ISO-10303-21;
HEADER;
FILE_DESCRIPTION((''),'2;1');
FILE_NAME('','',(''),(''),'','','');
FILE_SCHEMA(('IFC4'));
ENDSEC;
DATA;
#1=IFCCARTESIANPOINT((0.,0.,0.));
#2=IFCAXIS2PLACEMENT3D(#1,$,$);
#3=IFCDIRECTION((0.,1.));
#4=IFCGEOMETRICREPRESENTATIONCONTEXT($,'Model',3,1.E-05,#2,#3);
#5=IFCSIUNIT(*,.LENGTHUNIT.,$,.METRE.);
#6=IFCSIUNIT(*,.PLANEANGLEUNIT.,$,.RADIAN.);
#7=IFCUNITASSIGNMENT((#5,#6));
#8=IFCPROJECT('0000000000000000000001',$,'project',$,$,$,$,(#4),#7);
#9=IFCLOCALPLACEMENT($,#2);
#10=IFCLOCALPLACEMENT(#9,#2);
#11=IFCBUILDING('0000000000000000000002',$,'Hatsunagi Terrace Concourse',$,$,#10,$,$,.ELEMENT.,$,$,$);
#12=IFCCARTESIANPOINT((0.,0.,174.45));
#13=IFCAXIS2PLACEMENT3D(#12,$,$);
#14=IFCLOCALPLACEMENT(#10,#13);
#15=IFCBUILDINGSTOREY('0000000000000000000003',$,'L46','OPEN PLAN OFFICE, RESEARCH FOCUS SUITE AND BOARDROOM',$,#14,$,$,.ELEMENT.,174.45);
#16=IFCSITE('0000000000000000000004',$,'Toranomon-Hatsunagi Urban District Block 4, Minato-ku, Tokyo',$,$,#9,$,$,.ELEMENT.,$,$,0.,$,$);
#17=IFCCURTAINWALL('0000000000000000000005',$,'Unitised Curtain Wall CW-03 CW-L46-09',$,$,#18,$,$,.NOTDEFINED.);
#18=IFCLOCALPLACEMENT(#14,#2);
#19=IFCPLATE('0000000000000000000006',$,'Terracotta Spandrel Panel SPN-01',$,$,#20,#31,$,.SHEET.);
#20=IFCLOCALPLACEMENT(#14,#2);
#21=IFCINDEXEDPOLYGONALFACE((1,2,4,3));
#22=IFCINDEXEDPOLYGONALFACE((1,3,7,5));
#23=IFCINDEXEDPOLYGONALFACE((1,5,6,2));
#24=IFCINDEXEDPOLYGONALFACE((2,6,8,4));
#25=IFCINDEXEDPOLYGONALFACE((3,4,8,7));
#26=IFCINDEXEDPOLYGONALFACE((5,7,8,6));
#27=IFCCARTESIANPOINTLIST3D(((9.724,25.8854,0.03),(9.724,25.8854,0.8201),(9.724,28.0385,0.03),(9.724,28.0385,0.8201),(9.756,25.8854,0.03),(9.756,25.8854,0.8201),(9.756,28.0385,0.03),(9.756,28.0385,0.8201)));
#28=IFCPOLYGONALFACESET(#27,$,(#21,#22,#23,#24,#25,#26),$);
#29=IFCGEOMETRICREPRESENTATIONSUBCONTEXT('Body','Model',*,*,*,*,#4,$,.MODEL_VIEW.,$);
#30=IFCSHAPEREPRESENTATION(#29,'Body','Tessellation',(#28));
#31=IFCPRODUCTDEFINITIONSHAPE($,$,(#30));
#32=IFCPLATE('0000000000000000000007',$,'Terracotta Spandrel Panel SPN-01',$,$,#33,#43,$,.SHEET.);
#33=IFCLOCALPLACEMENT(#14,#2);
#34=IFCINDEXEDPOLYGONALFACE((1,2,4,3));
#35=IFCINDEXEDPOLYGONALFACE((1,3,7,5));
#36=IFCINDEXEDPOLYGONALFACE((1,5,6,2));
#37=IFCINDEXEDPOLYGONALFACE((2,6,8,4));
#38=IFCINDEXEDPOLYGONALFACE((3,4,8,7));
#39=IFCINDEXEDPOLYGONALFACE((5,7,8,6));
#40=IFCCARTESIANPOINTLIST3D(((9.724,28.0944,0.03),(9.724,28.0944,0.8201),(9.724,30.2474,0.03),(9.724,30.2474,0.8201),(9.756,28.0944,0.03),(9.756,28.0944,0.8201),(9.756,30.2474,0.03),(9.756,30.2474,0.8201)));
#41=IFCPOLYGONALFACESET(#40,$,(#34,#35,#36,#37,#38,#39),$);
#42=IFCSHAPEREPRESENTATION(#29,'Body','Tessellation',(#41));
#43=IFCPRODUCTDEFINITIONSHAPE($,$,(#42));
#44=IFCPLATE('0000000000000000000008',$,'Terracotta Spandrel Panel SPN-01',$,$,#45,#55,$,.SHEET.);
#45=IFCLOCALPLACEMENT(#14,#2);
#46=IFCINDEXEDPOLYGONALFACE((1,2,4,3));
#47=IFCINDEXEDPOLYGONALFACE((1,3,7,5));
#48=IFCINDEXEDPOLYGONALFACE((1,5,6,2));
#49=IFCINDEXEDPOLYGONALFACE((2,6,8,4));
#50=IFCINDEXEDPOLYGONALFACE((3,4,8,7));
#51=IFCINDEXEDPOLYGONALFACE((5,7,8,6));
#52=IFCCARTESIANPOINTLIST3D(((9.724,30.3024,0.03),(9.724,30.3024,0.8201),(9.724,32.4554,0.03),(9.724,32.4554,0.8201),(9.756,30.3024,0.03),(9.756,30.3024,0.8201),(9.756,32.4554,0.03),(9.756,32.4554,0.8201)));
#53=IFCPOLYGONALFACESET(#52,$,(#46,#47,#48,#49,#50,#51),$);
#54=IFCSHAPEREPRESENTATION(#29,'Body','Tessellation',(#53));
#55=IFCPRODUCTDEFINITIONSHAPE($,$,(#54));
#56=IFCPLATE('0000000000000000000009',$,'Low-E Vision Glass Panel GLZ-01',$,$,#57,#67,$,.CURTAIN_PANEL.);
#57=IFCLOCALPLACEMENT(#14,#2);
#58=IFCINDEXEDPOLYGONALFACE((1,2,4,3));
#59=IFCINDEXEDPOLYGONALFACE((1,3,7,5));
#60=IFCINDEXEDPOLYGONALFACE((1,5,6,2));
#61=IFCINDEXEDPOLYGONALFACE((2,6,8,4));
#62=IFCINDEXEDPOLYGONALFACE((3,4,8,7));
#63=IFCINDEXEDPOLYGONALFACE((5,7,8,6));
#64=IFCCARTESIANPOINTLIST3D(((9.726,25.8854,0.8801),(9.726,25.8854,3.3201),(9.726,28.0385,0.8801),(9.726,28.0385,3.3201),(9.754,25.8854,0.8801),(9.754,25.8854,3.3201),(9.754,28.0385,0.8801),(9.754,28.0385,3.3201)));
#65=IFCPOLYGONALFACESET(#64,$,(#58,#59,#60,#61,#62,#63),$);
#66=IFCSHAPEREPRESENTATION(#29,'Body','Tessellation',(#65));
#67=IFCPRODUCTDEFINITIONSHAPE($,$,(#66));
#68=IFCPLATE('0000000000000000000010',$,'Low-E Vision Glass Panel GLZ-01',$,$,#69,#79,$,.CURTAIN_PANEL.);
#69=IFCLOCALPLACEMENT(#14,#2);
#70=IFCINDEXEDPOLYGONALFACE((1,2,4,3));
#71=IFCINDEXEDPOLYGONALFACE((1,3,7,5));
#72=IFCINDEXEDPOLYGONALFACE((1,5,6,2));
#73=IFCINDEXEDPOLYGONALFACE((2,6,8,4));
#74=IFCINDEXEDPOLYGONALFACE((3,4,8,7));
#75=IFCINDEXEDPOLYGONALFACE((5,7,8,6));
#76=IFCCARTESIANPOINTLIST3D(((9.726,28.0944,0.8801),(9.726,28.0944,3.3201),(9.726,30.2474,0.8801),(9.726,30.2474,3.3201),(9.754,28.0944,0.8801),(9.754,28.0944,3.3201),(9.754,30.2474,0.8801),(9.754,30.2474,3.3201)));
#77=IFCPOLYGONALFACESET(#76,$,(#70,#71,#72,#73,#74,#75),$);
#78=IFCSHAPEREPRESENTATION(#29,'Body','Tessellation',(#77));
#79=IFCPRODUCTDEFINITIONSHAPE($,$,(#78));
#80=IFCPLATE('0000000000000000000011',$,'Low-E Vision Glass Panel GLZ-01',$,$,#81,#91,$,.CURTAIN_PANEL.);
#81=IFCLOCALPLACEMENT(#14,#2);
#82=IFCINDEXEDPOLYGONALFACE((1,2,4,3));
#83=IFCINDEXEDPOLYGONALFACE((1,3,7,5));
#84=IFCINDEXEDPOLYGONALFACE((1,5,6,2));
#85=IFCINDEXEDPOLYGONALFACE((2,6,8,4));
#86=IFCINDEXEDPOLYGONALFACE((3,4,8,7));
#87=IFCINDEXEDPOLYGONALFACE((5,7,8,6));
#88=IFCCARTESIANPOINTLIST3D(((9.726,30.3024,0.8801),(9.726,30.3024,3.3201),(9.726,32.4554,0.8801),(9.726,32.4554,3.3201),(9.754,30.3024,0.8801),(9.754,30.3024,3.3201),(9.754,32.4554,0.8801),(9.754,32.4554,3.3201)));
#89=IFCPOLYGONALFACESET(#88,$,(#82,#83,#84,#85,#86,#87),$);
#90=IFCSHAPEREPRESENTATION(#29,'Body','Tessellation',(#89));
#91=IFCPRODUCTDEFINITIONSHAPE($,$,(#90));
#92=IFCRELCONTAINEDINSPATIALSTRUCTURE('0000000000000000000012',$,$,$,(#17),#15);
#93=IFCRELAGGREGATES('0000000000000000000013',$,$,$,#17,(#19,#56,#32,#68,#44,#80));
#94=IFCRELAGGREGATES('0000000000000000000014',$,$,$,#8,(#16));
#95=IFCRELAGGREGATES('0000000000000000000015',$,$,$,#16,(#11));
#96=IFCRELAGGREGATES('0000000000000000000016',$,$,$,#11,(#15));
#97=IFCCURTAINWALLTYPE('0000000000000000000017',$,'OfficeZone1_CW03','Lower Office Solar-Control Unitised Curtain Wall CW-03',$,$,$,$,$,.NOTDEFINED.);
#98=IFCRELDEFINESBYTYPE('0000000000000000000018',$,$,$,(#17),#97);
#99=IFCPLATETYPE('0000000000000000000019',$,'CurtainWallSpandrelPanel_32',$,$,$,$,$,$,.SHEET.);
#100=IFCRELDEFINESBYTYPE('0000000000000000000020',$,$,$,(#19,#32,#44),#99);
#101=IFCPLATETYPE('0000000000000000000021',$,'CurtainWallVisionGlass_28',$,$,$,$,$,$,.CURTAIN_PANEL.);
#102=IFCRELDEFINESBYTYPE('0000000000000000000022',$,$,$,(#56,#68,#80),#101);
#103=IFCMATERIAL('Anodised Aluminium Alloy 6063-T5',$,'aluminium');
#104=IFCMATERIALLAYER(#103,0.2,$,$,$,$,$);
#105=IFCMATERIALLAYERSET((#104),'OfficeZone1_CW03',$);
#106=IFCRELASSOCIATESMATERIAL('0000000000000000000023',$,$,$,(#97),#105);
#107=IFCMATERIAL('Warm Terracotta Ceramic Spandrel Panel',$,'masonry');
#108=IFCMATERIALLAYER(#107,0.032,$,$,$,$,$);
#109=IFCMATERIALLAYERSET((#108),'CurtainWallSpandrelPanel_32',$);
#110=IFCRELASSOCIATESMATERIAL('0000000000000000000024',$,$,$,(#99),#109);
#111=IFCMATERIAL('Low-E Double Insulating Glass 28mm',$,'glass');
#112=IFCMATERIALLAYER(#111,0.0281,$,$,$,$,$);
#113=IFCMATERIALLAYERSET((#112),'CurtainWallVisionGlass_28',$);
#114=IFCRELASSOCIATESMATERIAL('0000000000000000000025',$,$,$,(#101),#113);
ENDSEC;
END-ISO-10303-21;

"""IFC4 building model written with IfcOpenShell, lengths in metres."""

from ifc_helpers import new_model, si_unit, direction, frame, origin, origin_2d, place, context, subcontext, project, spatial, rectangle, extrude, material, layer, layer_set, type_object, element, aggregate, save


model = new_model("IFC4")

# Units and contexts
model_context = context("Model", 3, precision=1e-05, world=origin(), true_north=direction((0.0, 1.0)))
body_context = subcontext(model_context, "Body", "Model", "MODEL_VIEW")
ifc_project = project(units=[si_unit("LENGTHUNIT", "METRE"), si_unit("PLANEANGLEUNIT", "RADIAN")], contexts=[model_context])

# Site, building, storey
site_placement = place(None, origin())
site = spatial("IfcSite", under=ifc_project, at=site_placement, Name="Toranomon-Hatsunagi Urban District Block 4, Minato-ku, Tokyo", CompositionType="ELEMENT", RefElevation=0.0)
building_placement = place(site_placement, origin())
building = spatial("IfcBuilding", under=site, at=building_placement, Name="Hatsunagi Terrace Concourse", CompositionType="ELEMENT")
storey_placement = place(building_placement, frame((0.0, 0.0, 174.45)))
storey = spatial("IfcBuildingStorey", under=building, at=storey_placement, Name="L46", Description="OPEN PLAN OFFICE, RESEARCH FOCUS SUITE AND BOARDROOM", CompositionType="ELEMENT", Elevation=174.45)

# Curtain wall
ifc_material_1 = material(Name="Anodised Aluminium Alloy 6063-T5", Category="aluminium")
ifc_layer_1 = layer(ifc_material_1, 0.2)
ifc_layer_set_1 = layer_set([ifc_layer_1], Name="OfficeZone1_CW03")
curtain_wall_type = type_object("IfcCurtainWallType", Name="OfficeZone1_CW03", Description="Lower Office Solar-Control Unitised Curtain Wall CW-03", PredefinedType="NOTDEFINED", material=ifc_layer_set_1)
curtain_wall_placement = place(storey_placement, origin())
curtain_wall = element("IfcCurtainWall", 1, at=curtain_wall_placement, inside=storey, type_object=curtain_wall_type, Name="Unitised Curtain Wall CW-03 CW-L46-09", PredefinedType="NOTDEFINED")

# Plates
ifc_material_2 = material(Name="Warm Terracotta Ceramic Spandrel Panel", Category="masonry")
ifc_layer_2 = layer(ifc_material_2, 0.032)
ifc_layer_set_2 = layer_set([ifc_layer_2], Name="CurtainWallSpandrelPanel_32")
plate_type_1 = type_object("IfcPlateType", Name="CurtainWallSpandrelPanel_32", PredefinedType="SHEET", material=ifc_layer_set_2)
plate_1_placement = place(storey_placement, frame((9.74, 26.9619, 0.03), z_axis=(0.0, 0.0, 1.0), x_axis=(0.0, 1.0, 0.0)))
plate_1 = element("IfcPlate", 2, at=plate_1_placement, type_object=plate_type_1, Name="Terracotta Spandrel Panel SPN-01", PredefinedType="SHEET", context=body_context, shape_type="SweptSolid", body=[
    extrude(rectangle(XDim=2.1531, YDim=0.032, at=origin_2d()), origin(), (0.0, 0.0, 1.0), 0.79),
])
plate_2_placement = place(storey_placement, frame((9.74, 29.1709, 0.03), z_axis=(0.0, 0.0, 1.0), x_axis=(0.0, 1.0, 0.0)))
plate_2 = element("IfcPlate", 3, at=plate_2_placement, type_object=plate_type_1, Name="Terracotta Spandrel Panel SPN-01", PredefinedType="SHEET", context=body_context, shape_type="SweptSolid", body=[
    extrude(rectangle(XDim=2.1531, YDim=0.032, at=origin_2d()), origin(), (0.0, 0.0, 1.0), 0.79),
])
plate_3_placement = place(storey_placement, frame((9.74, 31.3789, 0.03), z_axis=(0.0, 0.0, 1.0), x_axis=(0.0, 1.0, 0.0)))
plate_3 = element("IfcPlate", 4, at=plate_3_placement, type_object=plate_type_1, Name="Terracotta Spandrel Panel SPN-01", PredefinedType="SHEET", context=body_context, shape_type="SweptSolid", body=[
    extrude(rectangle(XDim=2.1531, YDim=0.032, at=origin_2d()), origin(), (0.0, 0.0, 1.0), 0.79),
])
ifc_material_3 = material(Name="Low-E Double Insulating Glass 28mm", Category="glass")
ifc_layer_3 = layer(ifc_material_3, 0.0281)
ifc_layer_set_3 = layer_set([ifc_layer_3], Name="CurtainWallVisionGlass_28")
plate_type_2 = type_object("IfcPlateType", Name="CurtainWallVisionGlass_28", PredefinedType="CURTAIN_PANEL", material=ifc_layer_set_3)
plate_4_placement = place(storey_placement, frame((9.74, 26.9619, 0.8801), z_axis=(0.0, 0.0, 1.0), x_axis=(0.0, 1.0, 0.0)))
plate_4 = element("IfcPlate", 5, at=plate_4_placement, type_object=plate_type_2, Name="Low-E Vision Glass Panel GLZ-01", PredefinedType="CURTAIN_PANEL", context=body_context, shape_type="SweptSolid", body=[
    extrude(rectangle(XDim=2.1531, YDim=0.0281, at=origin_2d()), origin(), (0.0, 0.0, 1.0), 2.4399),
])
plate_5_placement = place(storey_placement, frame((9.74, 29.1709, 0.8801), z_axis=(0.0, 0.0, 1.0), x_axis=(0.0, 1.0, 0.0)))
plate_5 = element("IfcPlate", 6, at=plate_5_placement, type_object=plate_type_2, Name="Low-E Vision Glass Panel GLZ-01", PredefinedType="CURTAIN_PANEL", context=body_context, shape_type="SweptSolid", body=[
    extrude(rectangle(XDim=2.1531, YDim=0.0281, at=origin_2d()), origin(), (0.0, 0.0, 1.0), 2.4399),
])
plate_6_placement = place(storey_placement, frame((9.74, 31.3789, 0.8801), z_axis=(0.0, 0.0, 1.0), x_axis=(0.0, 1.0, 0.0)))
plate_6 = element("IfcPlate", 7, at=plate_6_placement, type_object=plate_type_2, Name="Low-E Vision Glass Panel GLZ-01", PredefinedType="CURTAIN_PANEL", context=body_context, shape_type="SweptSolid", body=[
    extrude(rectangle(XDim=2.1531, YDim=0.0281, at=origin_2d()), origin(), (0.0, 0.0, 1.0), 2.4399),
])
aggregate(curtain_wall, [plate_1, plate_4, plate_2, plate_5, plate_3, plate_6])

save(model, "model.ifc")
